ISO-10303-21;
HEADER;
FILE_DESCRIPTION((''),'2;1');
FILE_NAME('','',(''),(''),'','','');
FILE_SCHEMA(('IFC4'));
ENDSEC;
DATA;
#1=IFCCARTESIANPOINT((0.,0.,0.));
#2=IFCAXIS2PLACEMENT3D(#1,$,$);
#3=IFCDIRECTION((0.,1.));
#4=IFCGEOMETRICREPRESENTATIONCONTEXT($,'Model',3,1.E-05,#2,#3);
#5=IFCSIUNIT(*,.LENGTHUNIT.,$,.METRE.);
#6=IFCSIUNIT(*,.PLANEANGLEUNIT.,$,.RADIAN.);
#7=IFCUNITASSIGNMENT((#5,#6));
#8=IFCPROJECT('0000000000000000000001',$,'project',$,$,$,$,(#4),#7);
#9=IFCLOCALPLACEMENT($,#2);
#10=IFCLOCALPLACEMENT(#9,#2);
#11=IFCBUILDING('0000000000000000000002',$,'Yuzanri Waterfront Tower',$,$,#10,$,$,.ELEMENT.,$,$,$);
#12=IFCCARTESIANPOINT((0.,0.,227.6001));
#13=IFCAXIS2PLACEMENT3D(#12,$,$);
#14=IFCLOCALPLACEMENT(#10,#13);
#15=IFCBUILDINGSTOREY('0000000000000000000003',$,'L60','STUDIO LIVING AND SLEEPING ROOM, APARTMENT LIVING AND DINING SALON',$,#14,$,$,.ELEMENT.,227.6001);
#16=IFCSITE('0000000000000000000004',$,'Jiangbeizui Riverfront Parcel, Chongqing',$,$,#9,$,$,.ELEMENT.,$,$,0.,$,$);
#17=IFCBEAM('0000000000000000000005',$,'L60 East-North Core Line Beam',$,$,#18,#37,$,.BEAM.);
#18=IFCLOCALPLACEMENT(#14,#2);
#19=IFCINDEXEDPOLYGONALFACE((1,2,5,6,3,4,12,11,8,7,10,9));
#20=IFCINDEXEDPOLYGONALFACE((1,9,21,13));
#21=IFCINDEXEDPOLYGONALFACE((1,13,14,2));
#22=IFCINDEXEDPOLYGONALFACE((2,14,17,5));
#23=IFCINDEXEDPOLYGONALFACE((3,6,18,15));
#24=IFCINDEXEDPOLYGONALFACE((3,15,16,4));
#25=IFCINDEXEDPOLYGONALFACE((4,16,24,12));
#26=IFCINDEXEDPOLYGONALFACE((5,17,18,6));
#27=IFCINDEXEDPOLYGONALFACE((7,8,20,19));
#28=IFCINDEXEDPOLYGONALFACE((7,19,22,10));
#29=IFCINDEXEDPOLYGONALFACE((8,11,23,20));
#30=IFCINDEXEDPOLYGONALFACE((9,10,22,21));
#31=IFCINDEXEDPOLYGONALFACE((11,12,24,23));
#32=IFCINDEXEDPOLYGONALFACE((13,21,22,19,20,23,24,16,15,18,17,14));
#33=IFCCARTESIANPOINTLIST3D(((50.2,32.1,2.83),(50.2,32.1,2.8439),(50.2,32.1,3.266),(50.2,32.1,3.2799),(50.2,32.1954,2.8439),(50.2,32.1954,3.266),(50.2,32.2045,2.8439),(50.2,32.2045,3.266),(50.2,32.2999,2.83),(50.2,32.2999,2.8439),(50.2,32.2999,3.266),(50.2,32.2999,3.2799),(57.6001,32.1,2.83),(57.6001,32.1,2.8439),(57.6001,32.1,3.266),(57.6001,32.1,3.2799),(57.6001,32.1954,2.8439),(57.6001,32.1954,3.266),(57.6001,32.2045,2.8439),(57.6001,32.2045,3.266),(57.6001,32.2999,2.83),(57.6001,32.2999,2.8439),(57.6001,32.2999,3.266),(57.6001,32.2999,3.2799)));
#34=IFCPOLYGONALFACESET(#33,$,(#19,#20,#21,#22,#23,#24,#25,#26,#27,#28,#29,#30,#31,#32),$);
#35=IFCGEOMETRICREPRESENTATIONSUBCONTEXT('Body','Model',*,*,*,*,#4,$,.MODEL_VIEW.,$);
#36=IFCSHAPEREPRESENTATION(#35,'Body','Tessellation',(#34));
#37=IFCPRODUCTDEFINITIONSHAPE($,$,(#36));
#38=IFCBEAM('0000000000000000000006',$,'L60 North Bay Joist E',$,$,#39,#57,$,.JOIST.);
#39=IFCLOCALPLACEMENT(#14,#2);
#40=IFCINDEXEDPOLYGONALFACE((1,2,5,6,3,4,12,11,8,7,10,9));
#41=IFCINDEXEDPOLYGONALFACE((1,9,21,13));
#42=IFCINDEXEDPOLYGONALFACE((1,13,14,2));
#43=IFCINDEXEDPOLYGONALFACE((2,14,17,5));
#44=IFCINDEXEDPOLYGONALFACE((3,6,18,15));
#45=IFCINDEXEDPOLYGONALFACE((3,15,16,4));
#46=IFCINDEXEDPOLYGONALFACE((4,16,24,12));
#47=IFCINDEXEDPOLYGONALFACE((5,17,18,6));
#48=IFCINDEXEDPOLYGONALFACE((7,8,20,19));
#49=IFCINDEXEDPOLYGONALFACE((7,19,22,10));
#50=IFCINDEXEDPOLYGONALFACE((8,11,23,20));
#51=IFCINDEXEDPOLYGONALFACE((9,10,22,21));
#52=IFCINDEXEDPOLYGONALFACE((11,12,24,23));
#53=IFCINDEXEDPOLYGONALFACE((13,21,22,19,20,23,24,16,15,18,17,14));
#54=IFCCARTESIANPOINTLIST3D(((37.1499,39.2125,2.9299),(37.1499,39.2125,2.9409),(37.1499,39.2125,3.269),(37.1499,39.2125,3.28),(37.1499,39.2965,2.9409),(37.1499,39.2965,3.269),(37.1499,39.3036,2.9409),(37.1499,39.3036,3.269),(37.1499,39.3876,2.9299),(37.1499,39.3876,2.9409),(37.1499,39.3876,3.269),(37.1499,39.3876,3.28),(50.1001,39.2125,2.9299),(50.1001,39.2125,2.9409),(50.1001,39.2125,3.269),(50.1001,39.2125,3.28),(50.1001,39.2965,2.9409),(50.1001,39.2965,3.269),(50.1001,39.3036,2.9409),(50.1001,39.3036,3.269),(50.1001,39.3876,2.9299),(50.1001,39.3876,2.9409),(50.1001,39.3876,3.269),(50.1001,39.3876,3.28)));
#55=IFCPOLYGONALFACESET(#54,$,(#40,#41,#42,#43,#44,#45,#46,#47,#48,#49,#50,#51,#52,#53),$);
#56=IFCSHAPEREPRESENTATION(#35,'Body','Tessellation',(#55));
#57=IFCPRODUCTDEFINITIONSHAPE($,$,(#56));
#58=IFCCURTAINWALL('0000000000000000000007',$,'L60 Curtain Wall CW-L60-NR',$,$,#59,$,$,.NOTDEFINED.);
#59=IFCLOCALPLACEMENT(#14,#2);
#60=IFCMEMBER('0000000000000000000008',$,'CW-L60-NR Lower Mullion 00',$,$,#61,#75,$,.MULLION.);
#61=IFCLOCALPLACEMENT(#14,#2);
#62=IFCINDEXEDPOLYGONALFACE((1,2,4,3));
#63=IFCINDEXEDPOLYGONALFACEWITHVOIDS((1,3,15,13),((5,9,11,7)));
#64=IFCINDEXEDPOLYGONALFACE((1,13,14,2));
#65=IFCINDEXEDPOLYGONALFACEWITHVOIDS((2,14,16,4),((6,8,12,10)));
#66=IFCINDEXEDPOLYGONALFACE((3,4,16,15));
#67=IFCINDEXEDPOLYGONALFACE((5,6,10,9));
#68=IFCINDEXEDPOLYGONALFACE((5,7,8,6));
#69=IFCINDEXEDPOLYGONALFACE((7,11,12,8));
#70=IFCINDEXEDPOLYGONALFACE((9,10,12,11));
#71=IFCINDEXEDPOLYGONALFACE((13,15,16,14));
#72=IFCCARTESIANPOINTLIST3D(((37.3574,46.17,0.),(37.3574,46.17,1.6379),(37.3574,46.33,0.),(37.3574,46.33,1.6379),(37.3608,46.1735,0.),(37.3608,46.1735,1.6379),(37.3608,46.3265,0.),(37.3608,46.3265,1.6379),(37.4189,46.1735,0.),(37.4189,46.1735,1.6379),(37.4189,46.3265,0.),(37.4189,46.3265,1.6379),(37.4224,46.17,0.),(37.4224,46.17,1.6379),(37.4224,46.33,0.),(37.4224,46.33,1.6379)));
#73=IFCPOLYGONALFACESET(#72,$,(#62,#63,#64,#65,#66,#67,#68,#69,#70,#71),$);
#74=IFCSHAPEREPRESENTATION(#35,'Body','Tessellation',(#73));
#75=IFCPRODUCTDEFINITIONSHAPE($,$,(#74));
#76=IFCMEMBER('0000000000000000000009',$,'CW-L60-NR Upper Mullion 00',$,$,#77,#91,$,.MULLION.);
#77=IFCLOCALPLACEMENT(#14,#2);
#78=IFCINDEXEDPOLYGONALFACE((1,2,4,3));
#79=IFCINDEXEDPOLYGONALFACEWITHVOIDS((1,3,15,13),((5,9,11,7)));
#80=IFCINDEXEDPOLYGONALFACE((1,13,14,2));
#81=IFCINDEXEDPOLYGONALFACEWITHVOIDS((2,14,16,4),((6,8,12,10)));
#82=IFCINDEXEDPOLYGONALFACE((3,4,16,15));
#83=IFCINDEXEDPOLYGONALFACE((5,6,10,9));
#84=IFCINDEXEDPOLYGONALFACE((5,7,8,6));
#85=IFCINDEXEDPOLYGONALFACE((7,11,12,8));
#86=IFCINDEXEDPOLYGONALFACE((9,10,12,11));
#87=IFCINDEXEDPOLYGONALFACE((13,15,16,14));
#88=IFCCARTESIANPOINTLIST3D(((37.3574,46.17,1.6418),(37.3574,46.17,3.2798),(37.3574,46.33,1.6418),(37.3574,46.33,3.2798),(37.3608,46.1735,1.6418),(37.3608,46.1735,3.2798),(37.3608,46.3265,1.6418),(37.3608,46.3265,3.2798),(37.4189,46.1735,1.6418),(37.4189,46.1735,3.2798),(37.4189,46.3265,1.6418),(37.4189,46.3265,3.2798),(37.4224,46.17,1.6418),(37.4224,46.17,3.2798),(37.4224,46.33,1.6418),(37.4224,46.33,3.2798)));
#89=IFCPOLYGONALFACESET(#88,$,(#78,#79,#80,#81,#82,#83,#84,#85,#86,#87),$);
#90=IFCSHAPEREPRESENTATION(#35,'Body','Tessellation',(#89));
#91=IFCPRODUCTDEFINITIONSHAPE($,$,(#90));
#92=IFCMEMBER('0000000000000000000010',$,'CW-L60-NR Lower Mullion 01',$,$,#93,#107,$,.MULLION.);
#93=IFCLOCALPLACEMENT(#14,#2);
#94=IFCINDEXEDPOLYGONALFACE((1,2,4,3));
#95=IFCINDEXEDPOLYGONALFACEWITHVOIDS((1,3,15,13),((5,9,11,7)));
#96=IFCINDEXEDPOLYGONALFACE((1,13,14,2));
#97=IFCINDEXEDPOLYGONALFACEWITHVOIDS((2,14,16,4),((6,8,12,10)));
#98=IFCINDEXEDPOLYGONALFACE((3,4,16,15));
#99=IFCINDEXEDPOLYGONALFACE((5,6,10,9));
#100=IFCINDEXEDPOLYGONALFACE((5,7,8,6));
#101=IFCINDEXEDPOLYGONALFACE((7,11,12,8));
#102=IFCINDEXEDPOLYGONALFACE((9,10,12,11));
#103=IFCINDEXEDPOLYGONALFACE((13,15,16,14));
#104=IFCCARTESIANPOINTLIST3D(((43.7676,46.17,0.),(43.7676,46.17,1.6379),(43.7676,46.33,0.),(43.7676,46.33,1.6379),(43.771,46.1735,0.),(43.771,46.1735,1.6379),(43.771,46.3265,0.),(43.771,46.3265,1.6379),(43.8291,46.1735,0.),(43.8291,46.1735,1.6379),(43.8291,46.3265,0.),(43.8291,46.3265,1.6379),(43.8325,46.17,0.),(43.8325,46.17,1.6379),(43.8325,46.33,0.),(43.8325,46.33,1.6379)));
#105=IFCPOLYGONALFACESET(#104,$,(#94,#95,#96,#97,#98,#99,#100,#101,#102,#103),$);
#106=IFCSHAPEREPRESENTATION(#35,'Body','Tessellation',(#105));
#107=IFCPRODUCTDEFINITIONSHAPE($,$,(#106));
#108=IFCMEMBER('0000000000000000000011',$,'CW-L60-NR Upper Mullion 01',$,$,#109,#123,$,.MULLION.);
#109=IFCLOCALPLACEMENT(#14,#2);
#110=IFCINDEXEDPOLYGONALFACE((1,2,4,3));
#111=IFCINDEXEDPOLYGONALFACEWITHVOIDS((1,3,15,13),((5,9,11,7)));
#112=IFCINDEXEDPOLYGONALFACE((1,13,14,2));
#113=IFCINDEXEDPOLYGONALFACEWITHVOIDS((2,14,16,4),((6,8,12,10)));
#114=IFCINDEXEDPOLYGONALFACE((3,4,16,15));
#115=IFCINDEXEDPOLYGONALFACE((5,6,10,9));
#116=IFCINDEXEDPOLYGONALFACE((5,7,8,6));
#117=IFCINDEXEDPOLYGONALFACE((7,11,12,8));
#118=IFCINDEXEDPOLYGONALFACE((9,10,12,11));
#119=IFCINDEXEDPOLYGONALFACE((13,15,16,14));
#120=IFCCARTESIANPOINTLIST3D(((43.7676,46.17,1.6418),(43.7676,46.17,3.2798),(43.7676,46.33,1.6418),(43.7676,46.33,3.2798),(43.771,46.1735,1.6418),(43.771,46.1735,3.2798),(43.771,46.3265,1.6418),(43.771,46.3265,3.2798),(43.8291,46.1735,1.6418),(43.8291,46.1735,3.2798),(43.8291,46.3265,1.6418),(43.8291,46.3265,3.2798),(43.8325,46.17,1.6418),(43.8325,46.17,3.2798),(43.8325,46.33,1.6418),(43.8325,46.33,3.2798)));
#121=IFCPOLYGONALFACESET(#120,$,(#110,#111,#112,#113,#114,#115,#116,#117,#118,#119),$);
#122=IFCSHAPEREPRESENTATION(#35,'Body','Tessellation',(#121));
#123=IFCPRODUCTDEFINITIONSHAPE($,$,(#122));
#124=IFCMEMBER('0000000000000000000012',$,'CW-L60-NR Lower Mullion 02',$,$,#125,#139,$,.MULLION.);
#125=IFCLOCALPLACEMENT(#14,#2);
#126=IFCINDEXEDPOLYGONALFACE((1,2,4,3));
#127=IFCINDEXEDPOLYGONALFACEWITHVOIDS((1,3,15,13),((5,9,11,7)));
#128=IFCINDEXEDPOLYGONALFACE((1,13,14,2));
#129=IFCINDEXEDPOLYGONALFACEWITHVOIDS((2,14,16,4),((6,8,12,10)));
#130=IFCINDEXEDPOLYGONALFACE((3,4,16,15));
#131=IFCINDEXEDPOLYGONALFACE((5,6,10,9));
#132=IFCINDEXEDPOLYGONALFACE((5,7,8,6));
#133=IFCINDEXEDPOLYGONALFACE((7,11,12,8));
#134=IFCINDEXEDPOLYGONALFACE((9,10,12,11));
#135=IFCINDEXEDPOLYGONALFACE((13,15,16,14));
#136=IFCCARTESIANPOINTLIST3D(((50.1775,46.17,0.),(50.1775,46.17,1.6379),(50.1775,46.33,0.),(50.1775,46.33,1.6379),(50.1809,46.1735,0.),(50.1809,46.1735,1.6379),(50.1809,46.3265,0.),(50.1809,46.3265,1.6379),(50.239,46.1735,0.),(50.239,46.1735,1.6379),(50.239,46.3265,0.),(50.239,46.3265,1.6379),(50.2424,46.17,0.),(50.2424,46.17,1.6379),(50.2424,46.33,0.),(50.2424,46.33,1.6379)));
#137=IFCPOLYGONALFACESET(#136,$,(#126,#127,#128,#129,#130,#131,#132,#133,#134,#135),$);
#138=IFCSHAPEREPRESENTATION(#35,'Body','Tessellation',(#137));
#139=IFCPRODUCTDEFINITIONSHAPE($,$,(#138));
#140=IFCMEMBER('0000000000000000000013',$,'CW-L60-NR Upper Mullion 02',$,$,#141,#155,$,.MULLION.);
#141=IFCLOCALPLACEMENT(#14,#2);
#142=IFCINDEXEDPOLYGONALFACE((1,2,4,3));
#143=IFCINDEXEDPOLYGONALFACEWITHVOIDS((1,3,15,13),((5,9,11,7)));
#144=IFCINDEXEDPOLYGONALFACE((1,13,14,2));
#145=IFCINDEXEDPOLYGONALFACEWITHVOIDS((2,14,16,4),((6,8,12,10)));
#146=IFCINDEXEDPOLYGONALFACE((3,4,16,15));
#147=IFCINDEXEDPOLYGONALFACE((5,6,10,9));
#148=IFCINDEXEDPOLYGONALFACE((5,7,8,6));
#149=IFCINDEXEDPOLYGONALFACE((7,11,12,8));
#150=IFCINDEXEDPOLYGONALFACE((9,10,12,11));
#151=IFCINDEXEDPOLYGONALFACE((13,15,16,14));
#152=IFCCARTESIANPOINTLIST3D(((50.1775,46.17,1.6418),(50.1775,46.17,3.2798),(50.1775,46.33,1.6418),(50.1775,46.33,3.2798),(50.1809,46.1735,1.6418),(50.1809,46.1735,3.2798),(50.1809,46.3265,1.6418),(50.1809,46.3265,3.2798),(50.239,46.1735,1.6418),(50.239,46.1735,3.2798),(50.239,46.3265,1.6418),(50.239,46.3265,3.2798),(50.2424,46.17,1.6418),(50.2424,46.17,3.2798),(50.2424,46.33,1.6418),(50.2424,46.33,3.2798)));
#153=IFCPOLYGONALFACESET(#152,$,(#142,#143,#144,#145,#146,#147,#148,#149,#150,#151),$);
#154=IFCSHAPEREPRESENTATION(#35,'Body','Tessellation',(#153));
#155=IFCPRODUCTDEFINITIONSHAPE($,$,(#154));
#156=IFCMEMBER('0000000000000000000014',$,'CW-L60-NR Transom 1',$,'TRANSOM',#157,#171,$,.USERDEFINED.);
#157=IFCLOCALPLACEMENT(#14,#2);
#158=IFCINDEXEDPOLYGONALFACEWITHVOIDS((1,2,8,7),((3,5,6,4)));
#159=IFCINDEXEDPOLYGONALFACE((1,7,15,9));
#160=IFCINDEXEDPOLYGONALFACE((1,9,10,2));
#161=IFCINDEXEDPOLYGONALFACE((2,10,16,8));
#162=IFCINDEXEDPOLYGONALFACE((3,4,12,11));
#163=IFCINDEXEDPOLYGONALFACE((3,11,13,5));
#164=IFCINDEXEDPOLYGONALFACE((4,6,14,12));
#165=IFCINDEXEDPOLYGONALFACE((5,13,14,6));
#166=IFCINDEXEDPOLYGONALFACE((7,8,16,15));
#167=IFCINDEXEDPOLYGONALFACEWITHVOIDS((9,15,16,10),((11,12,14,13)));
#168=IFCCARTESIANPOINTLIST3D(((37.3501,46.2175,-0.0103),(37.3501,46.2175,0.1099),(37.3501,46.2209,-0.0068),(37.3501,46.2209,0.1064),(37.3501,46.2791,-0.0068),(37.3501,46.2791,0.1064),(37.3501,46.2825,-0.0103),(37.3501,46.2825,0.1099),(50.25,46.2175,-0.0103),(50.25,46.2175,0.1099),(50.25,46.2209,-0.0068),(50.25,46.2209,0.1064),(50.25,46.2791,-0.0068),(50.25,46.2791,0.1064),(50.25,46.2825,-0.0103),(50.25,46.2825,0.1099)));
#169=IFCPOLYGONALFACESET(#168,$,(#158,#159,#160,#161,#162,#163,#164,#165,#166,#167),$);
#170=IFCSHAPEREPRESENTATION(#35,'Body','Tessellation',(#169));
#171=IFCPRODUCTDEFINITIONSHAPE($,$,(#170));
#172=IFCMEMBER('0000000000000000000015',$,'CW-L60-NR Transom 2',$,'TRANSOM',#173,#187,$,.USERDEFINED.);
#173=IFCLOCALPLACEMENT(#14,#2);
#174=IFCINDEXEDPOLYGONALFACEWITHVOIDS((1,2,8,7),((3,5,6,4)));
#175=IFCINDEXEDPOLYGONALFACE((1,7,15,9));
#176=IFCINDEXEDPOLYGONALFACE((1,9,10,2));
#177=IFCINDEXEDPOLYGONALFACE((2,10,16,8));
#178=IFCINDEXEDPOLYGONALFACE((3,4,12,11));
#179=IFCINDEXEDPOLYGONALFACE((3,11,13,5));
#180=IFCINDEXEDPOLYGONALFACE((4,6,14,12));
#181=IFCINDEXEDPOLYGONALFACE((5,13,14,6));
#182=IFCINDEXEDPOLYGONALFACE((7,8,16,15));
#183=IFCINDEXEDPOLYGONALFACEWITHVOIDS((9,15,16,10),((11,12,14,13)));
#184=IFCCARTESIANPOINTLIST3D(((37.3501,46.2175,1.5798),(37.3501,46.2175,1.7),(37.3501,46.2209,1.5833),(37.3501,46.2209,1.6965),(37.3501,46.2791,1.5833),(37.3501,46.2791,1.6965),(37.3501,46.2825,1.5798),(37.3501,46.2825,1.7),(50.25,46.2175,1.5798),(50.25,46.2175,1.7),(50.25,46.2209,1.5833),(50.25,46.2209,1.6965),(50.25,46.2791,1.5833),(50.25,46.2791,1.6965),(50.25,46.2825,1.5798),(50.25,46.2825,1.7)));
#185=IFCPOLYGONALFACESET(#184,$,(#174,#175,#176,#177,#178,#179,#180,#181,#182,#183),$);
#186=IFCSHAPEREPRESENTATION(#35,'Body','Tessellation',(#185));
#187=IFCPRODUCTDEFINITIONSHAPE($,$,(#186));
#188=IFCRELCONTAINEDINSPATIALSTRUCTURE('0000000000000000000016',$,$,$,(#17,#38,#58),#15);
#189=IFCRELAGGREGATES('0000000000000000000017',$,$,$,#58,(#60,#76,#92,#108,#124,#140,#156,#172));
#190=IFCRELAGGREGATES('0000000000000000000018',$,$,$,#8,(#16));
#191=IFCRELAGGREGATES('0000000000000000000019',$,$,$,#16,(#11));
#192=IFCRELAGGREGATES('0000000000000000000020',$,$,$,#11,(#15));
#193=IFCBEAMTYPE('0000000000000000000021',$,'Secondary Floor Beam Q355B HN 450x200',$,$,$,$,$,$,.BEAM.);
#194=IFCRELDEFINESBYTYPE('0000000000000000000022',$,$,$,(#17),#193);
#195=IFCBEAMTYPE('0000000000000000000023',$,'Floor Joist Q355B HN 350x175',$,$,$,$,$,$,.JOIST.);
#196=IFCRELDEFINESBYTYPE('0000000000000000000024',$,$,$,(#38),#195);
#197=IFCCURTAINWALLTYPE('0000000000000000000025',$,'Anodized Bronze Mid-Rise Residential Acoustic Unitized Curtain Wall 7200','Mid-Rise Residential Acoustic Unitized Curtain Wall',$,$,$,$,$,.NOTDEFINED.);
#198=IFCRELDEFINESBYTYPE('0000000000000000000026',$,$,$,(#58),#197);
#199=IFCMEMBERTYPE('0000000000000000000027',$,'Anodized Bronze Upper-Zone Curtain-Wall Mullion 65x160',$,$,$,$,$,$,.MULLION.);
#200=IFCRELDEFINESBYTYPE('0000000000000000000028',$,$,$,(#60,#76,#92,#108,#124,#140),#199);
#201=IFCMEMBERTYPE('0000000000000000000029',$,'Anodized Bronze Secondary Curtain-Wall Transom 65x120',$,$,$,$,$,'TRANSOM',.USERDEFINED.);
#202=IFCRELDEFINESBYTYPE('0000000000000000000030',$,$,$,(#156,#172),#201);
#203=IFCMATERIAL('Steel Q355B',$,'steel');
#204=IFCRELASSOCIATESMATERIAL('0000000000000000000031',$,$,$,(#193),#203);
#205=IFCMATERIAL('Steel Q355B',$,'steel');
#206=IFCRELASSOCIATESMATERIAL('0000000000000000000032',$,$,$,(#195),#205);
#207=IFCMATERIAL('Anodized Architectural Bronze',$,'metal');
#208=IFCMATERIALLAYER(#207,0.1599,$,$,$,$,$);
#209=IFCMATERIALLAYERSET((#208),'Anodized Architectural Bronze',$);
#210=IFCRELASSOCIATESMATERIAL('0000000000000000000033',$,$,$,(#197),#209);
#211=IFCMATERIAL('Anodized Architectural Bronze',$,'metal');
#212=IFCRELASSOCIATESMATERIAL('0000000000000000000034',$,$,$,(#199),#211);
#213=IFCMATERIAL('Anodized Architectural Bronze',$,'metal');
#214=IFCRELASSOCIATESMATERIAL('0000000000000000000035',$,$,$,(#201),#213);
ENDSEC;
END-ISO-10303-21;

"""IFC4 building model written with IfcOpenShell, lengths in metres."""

from ifc_helpers import new_model, si_unit, direction, frame, origin, origin_2d, place, context, subcontext, project, spatial, hollow_rectangle, i_section, extrude, source, transform, mapped, material, layer, layer_set, material_profile, profile_set, type_object, element, aggregate, save


model = new_model("IFC4")

# Units and contexts
model_context = context("Model", 3, precision=1e-05, world=origin(), true_north=direction((0.0, 1.0)))
body_context = subcontext(model_context, "Body", "Model", "MODEL_VIEW")
ifc_project = project(units=[si_unit("LENGTHUNIT", "METRE"), si_unit("PLANEANGLEUNIT", "RADIAN")], contexts=[model_context])

# Site, building, storey
site_placement = place(None, origin())
site = spatial("IfcSite", under=ifc_project, at=site_placement, Name="Jiangbeizui Riverfront Parcel, Chongqing", CompositionType="ELEMENT", RefElevation=0.0)
building_placement = place(site_placement, origin())
building = spatial("IfcBuilding", under=site, at=building_placement, Name="Yuzanri Waterfront Tower", CompositionType="ELEMENT")
storey_placement = place(building_placement, frame((0.0, 0.0, 227.6001)))
storey = spatial("IfcBuildingStorey", under=building, at=storey_placement, Name="L60", Description="STUDIO LIVING AND SLEEPING ROOM, APARTMENT LIVING AND DINING SALON", CompositionType="ELEMENT", Elevation=227.6001)

# Beams
ifc_material_1 = material(Name="Steel Q355B", Category="steel")
ifc_material_profile_1 = material_profile(ifc_material_1, i_section(OverallWidth=0.2, OverallDepth=0.45, WebThickness=0.009, FlangeThickness=0.0139, at=origin_2d()), Name="HN 450x200x9x14")
ifc_profile_set_1 = profile_set([ifc_material_profile_1], Name="Steel Q355B")
beam_type_1 = type_object("IfcBeamType", Name="Secondary Floor Beam Q355B HN 450x200", PredefinedType="BEAM", material=ifc_profile_set_1)
shared_shape_1 = source(origin(), body_context, "Body", "SweptSolid", [
    extrude(i_section(OverallWidth=0.2, OverallDepth=0.45, WebThickness=0.009, FlangeThickness=0.0139, at=origin_2d()), origin(), (0.0, 0.0, 1.0), 7.4001),
])
beam_1_placement = place(storey_placement, frame((50.2, 32.2, 3.0549), z_axis=(1.0, 0.0, 0.0), x_axis=(0.0, 1.0, 0.0)))
element("IfcBeam", 1, at=beam_1_placement, inside=storey, type_object=beam_type_1, Name="L60 East-North Core Line Beam", PredefinedType="BEAM", context=body_context, shape_type="MappedRepresentation", body=[
    mapped(shared_shape_1, transform((0.0, 0.0, 0.0), scale=1.0)),
])
ifc_material_2 = material(Name="Steel Q355B", Category="steel")
ifc_material_profile_2 = material_profile(ifc_material_2, i_section(OverallWidth=0.175, OverallDepth=0.3501, WebThickness=0.0071, FlangeThickness=0.011, at=origin_2d()), Name="HN 350x175x7x11")
ifc_profile_set_2 = profile_set([ifc_material_profile_2], Name="Steel Q355B")
beam_type_2 = type_object("IfcBeamType", Name="Floor Joist Q355B HN 350x175", PredefinedType="JOIST", material=ifc_profile_set_2)
shared_shape_2 = source(origin(), body_context, "Body", "SweptSolid", [
    extrude(i_section(OverallWidth=0.175, OverallDepth=0.3501, WebThickness=0.0071, FlangeThickness=0.011, at=origin_2d()), origin(), (0.0, 0.0, 1.0), 12.9502),
])
beam_2_placement = place(storey_placement, frame((37.1499, 39.3, 3.105), z_axis=(1.0, 0.0, 0.0), x_axis=(0.0, 1.0, 0.0)))
element("IfcBeam", 2, at=beam_2_placement, inside=storey, type_object=beam_type_2, Name="L60 North Bay Joist E", PredefinedType="JOIST", context=body_context, shape_type="MappedRepresentation", body=[
    mapped(shared_shape_2, transform((0.0, 0.0, 0.0), scale=1.0)),
])

# Curtain wall, members
ifc_material_3 = material(Name="Anodized Architectural Bronze", Category="metal")
ifc_layer_1 = layer(ifc_material_3, 0.1599)
ifc_layer_set_1 = layer_set([ifc_layer_1], Name="Anodized Architectural Bronze")
curtain_wall_type = type_object("IfcCurtainWallType", Name="Anodized Bronze Mid-Rise Residential Acoustic Unitized Curtain Wall 7200", Description="Mid-Rise Residential Acoustic Unitized Curtain Wall", PredefinedType="NOTDEFINED", material=ifc_layer_set_1)
curtain_wall_placement = place(storey_placement, origin())
curtain_wall = element("IfcCurtainWall", 3, at=curtain_wall_placement, inside=storey, type_object=curtain_wall_type, Name="L60 Curtain Wall CW-L60-NR", PredefinedType="NOTDEFINED")
ifc_material_4 = material(Name="Anodized Architectural Bronze", Category="metal")
ifc_material_profile_3 = material_profile(ifc_material_4, hollow_rectangle(XDim=0.0649, YDim=0.1599, WallThickness=0.0034, at=origin_2d()), Name="CWM 65x160")
ifc_profile_set_3 = profile_set([ifc_material_profile_3], Name="Anodized Architectural Bronze")
member_type_1 = type_object("IfcMemberType", Name="Anodized Bronze Upper-Zone Curtain-Wall Mullion 65x160", PredefinedType="MULLION", material=ifc_profile_set_3)
shared_shape_3 = source(origin(), body_context, "Body", "SweptSolid", [
    extrude(hollow_rectangle(XDim=0.0649, YDim=0.1599, WallThickness=0.0034, at=origin_2d()), origin(), (0.0, 0.0, 1.0), 1.6379),
])
member_1_placement = place(storey_placement, frame((37.3899, 46.25, 0.0), z_axis=(0.0, 0.0, 1.0), x_axis=(1.0, 0.0, 0.0)))
member_1 = element("IfcMember", 4, at=member_1_placement, type_object=member_type_1, Name="CW-L60-NR Lower Mullion 00", PredefinedType="MULLION", context=body_context, shape_type="MappedRepresentation", body=[
    mapped(shared_shape_3, transform((0.0, 0.0, 0.0), scale=1.0)),
])
member_2_placement = place(storey_placement, frame((37.3899, 46.25, 1.6418), z_axis=(0.0, 0.0, 1.0), x_axis=(1.0, 0.0, 0.0)))
member_2 = element("IfcMember", 5, at=member_2_placement, type_object=member_type_1, Name="CW-L60-NR Upper Mullion 00", PredefinedType="MULLION", context=body_context, shape_type="MappedRepresentation", body=[
    mapped(shared_shape_3, transform((0.0, 0.0, 0.0), scale=1.0)),
])
member_3_placement = place(storey_placement, frame((43.8, 46.25, 0.0), z_axis=(0.0, 0.0, 1.0), x_axis=(1.0, 0.0, 0.0)))
member_3 = element("IfcMember", 6, at=member_3_placement, type_object=member_type_1, Name="CW-L60-NR Lower Mullion 01", PredefinedType="MULLION", context=body_context, shape_type="MappedRepresentation", body=[
    mapped(shared_shape_3, transform((0.0, 0.0, 0.0), scale=1.0)),
])
member_4_placement = place(storey_placement, frame((43.8, 46.25, 1.6418), z_axis=(0.0, 0.0, 1.0), x_axis=(1.0, 0.0, 0.0)))
member_4 = element("IfcMember", 7, at=member_4_placement, type_object=member_type_1, Name="CW-L60-NR Upper Mullion 01", PredefinedType="MULLION", context=body_context, shape_type="MappedRepresentation", body=[
    mapped(shared_shape_3, transform((0.0, 0.0, 0.0), scale=1.0)),
])
member_5_placement = place(storey_placement, frame((50.21, 46.25, 0.0), z_axis=(0.0, 0.0, 1.0), x_axis=(1.0, 0.0, 0.0)))
member_5 = element("IfcMember", 8, at=member_5_placement, type_object=member_type_1, Name="CW-L60-NR Lower Mullion 02", PredefinedType="MULLION", context=body_context, shape_type="MappedRepresentation", body=[
    mapped(shared_shape_3, transform((0.0, 0.0, 0.0), scale=1.0)),
])
member_6_placement = place(storey_placement, frame((50.21, 46.25, 1.6418), z_axis=(0.0, 0.0, 1.0), x_axis=(1.0, 0.0, 0.0)))
member_6 = element("IfcMember", 9, at=member_6_placement, type_object=member_type_1, Name="CW-L60-NR Upper Mullion 02", PredefinedType="MULLION", context=body_context, shape_type="MappedRepresentation", body=[
    mapped(shared_shape_3, transform((0.0, 0.0, 0.0), scale=1.0)),
])
ifc_material_5 = material(Name="Anodized Architectural Bronze", Category="metal")
ifc_material_profile_4 = material_profile(ifc_material_5, hollow_rectangle(XDim=0.0649, YDim=0.1201, WallThickness=0.0034, at=origin_2d()), Name="CWT 65x120")
ifc_profile_set_4 = profile_set([ifc_material_profile_4], Name="Anodized Architectural Bronze")
member_type_2 = type_object("IfcMemberType", Name="Anodized Bronze Secondary Curtain-Wall Transom 65x120", ElementType="TRANSOM", PredefinedType="USERDEFINED", material=ifc_profile_set_4)
shared_shape_4 = source(origin(), body_context, "Body", "SweptSolid", [
    extrude(hollow_rectangle(XDim=0.0649, YDim=0.1201, WallThickness=0.0034, at=origin_2d()), origin(), (0.0, 0.0, 1.0), 12.8999),
])
member_7_placement = place(storey_placement, frame((37.3501, 46.25, 0.0498), z_axis=(1.0, 0.0, 0.0), x_axis=(0.0, 1.0, 0.0)))
member_7 = element("IfcMember", 10, at=member_7_placement, type_object=member_type_2, Name="CW-L60-NR Transom 1", ObjectType="TRANSOM", PredefinedType="USERDEFINED", context=body_context, shape_type="MappedRepresentation", body=[
    mapped(shared_shape_4, transform((0.0, 0.0, 0.0), scale=1.0)),
])
member_8_placement = place(storey_placement, frame((37.3501, 46.25, 1.6399), z_axis=(1.0, 0.0, 0.0), x_axis=(0.0, 1.0, 0.0)))
member_8 = element("IfcMember", 11, at=member_8_placement, type_object=member_type_2, Name="CW-L60-NR Transom 2", ObjectType="TRANSOM", PredefinedType="USERDEFINED", context=body_context, shape_type="MappedRepresentation", body=[
    mapped(shared_shape_4, transform((0.0, 0.0, 0.0), scale=1.0)),
])
aggregate(curtain_wall, [member_1, member_2, member_3, member_4, member_5, member_6, member_7, member_8])

save(model, "model.ifc")
